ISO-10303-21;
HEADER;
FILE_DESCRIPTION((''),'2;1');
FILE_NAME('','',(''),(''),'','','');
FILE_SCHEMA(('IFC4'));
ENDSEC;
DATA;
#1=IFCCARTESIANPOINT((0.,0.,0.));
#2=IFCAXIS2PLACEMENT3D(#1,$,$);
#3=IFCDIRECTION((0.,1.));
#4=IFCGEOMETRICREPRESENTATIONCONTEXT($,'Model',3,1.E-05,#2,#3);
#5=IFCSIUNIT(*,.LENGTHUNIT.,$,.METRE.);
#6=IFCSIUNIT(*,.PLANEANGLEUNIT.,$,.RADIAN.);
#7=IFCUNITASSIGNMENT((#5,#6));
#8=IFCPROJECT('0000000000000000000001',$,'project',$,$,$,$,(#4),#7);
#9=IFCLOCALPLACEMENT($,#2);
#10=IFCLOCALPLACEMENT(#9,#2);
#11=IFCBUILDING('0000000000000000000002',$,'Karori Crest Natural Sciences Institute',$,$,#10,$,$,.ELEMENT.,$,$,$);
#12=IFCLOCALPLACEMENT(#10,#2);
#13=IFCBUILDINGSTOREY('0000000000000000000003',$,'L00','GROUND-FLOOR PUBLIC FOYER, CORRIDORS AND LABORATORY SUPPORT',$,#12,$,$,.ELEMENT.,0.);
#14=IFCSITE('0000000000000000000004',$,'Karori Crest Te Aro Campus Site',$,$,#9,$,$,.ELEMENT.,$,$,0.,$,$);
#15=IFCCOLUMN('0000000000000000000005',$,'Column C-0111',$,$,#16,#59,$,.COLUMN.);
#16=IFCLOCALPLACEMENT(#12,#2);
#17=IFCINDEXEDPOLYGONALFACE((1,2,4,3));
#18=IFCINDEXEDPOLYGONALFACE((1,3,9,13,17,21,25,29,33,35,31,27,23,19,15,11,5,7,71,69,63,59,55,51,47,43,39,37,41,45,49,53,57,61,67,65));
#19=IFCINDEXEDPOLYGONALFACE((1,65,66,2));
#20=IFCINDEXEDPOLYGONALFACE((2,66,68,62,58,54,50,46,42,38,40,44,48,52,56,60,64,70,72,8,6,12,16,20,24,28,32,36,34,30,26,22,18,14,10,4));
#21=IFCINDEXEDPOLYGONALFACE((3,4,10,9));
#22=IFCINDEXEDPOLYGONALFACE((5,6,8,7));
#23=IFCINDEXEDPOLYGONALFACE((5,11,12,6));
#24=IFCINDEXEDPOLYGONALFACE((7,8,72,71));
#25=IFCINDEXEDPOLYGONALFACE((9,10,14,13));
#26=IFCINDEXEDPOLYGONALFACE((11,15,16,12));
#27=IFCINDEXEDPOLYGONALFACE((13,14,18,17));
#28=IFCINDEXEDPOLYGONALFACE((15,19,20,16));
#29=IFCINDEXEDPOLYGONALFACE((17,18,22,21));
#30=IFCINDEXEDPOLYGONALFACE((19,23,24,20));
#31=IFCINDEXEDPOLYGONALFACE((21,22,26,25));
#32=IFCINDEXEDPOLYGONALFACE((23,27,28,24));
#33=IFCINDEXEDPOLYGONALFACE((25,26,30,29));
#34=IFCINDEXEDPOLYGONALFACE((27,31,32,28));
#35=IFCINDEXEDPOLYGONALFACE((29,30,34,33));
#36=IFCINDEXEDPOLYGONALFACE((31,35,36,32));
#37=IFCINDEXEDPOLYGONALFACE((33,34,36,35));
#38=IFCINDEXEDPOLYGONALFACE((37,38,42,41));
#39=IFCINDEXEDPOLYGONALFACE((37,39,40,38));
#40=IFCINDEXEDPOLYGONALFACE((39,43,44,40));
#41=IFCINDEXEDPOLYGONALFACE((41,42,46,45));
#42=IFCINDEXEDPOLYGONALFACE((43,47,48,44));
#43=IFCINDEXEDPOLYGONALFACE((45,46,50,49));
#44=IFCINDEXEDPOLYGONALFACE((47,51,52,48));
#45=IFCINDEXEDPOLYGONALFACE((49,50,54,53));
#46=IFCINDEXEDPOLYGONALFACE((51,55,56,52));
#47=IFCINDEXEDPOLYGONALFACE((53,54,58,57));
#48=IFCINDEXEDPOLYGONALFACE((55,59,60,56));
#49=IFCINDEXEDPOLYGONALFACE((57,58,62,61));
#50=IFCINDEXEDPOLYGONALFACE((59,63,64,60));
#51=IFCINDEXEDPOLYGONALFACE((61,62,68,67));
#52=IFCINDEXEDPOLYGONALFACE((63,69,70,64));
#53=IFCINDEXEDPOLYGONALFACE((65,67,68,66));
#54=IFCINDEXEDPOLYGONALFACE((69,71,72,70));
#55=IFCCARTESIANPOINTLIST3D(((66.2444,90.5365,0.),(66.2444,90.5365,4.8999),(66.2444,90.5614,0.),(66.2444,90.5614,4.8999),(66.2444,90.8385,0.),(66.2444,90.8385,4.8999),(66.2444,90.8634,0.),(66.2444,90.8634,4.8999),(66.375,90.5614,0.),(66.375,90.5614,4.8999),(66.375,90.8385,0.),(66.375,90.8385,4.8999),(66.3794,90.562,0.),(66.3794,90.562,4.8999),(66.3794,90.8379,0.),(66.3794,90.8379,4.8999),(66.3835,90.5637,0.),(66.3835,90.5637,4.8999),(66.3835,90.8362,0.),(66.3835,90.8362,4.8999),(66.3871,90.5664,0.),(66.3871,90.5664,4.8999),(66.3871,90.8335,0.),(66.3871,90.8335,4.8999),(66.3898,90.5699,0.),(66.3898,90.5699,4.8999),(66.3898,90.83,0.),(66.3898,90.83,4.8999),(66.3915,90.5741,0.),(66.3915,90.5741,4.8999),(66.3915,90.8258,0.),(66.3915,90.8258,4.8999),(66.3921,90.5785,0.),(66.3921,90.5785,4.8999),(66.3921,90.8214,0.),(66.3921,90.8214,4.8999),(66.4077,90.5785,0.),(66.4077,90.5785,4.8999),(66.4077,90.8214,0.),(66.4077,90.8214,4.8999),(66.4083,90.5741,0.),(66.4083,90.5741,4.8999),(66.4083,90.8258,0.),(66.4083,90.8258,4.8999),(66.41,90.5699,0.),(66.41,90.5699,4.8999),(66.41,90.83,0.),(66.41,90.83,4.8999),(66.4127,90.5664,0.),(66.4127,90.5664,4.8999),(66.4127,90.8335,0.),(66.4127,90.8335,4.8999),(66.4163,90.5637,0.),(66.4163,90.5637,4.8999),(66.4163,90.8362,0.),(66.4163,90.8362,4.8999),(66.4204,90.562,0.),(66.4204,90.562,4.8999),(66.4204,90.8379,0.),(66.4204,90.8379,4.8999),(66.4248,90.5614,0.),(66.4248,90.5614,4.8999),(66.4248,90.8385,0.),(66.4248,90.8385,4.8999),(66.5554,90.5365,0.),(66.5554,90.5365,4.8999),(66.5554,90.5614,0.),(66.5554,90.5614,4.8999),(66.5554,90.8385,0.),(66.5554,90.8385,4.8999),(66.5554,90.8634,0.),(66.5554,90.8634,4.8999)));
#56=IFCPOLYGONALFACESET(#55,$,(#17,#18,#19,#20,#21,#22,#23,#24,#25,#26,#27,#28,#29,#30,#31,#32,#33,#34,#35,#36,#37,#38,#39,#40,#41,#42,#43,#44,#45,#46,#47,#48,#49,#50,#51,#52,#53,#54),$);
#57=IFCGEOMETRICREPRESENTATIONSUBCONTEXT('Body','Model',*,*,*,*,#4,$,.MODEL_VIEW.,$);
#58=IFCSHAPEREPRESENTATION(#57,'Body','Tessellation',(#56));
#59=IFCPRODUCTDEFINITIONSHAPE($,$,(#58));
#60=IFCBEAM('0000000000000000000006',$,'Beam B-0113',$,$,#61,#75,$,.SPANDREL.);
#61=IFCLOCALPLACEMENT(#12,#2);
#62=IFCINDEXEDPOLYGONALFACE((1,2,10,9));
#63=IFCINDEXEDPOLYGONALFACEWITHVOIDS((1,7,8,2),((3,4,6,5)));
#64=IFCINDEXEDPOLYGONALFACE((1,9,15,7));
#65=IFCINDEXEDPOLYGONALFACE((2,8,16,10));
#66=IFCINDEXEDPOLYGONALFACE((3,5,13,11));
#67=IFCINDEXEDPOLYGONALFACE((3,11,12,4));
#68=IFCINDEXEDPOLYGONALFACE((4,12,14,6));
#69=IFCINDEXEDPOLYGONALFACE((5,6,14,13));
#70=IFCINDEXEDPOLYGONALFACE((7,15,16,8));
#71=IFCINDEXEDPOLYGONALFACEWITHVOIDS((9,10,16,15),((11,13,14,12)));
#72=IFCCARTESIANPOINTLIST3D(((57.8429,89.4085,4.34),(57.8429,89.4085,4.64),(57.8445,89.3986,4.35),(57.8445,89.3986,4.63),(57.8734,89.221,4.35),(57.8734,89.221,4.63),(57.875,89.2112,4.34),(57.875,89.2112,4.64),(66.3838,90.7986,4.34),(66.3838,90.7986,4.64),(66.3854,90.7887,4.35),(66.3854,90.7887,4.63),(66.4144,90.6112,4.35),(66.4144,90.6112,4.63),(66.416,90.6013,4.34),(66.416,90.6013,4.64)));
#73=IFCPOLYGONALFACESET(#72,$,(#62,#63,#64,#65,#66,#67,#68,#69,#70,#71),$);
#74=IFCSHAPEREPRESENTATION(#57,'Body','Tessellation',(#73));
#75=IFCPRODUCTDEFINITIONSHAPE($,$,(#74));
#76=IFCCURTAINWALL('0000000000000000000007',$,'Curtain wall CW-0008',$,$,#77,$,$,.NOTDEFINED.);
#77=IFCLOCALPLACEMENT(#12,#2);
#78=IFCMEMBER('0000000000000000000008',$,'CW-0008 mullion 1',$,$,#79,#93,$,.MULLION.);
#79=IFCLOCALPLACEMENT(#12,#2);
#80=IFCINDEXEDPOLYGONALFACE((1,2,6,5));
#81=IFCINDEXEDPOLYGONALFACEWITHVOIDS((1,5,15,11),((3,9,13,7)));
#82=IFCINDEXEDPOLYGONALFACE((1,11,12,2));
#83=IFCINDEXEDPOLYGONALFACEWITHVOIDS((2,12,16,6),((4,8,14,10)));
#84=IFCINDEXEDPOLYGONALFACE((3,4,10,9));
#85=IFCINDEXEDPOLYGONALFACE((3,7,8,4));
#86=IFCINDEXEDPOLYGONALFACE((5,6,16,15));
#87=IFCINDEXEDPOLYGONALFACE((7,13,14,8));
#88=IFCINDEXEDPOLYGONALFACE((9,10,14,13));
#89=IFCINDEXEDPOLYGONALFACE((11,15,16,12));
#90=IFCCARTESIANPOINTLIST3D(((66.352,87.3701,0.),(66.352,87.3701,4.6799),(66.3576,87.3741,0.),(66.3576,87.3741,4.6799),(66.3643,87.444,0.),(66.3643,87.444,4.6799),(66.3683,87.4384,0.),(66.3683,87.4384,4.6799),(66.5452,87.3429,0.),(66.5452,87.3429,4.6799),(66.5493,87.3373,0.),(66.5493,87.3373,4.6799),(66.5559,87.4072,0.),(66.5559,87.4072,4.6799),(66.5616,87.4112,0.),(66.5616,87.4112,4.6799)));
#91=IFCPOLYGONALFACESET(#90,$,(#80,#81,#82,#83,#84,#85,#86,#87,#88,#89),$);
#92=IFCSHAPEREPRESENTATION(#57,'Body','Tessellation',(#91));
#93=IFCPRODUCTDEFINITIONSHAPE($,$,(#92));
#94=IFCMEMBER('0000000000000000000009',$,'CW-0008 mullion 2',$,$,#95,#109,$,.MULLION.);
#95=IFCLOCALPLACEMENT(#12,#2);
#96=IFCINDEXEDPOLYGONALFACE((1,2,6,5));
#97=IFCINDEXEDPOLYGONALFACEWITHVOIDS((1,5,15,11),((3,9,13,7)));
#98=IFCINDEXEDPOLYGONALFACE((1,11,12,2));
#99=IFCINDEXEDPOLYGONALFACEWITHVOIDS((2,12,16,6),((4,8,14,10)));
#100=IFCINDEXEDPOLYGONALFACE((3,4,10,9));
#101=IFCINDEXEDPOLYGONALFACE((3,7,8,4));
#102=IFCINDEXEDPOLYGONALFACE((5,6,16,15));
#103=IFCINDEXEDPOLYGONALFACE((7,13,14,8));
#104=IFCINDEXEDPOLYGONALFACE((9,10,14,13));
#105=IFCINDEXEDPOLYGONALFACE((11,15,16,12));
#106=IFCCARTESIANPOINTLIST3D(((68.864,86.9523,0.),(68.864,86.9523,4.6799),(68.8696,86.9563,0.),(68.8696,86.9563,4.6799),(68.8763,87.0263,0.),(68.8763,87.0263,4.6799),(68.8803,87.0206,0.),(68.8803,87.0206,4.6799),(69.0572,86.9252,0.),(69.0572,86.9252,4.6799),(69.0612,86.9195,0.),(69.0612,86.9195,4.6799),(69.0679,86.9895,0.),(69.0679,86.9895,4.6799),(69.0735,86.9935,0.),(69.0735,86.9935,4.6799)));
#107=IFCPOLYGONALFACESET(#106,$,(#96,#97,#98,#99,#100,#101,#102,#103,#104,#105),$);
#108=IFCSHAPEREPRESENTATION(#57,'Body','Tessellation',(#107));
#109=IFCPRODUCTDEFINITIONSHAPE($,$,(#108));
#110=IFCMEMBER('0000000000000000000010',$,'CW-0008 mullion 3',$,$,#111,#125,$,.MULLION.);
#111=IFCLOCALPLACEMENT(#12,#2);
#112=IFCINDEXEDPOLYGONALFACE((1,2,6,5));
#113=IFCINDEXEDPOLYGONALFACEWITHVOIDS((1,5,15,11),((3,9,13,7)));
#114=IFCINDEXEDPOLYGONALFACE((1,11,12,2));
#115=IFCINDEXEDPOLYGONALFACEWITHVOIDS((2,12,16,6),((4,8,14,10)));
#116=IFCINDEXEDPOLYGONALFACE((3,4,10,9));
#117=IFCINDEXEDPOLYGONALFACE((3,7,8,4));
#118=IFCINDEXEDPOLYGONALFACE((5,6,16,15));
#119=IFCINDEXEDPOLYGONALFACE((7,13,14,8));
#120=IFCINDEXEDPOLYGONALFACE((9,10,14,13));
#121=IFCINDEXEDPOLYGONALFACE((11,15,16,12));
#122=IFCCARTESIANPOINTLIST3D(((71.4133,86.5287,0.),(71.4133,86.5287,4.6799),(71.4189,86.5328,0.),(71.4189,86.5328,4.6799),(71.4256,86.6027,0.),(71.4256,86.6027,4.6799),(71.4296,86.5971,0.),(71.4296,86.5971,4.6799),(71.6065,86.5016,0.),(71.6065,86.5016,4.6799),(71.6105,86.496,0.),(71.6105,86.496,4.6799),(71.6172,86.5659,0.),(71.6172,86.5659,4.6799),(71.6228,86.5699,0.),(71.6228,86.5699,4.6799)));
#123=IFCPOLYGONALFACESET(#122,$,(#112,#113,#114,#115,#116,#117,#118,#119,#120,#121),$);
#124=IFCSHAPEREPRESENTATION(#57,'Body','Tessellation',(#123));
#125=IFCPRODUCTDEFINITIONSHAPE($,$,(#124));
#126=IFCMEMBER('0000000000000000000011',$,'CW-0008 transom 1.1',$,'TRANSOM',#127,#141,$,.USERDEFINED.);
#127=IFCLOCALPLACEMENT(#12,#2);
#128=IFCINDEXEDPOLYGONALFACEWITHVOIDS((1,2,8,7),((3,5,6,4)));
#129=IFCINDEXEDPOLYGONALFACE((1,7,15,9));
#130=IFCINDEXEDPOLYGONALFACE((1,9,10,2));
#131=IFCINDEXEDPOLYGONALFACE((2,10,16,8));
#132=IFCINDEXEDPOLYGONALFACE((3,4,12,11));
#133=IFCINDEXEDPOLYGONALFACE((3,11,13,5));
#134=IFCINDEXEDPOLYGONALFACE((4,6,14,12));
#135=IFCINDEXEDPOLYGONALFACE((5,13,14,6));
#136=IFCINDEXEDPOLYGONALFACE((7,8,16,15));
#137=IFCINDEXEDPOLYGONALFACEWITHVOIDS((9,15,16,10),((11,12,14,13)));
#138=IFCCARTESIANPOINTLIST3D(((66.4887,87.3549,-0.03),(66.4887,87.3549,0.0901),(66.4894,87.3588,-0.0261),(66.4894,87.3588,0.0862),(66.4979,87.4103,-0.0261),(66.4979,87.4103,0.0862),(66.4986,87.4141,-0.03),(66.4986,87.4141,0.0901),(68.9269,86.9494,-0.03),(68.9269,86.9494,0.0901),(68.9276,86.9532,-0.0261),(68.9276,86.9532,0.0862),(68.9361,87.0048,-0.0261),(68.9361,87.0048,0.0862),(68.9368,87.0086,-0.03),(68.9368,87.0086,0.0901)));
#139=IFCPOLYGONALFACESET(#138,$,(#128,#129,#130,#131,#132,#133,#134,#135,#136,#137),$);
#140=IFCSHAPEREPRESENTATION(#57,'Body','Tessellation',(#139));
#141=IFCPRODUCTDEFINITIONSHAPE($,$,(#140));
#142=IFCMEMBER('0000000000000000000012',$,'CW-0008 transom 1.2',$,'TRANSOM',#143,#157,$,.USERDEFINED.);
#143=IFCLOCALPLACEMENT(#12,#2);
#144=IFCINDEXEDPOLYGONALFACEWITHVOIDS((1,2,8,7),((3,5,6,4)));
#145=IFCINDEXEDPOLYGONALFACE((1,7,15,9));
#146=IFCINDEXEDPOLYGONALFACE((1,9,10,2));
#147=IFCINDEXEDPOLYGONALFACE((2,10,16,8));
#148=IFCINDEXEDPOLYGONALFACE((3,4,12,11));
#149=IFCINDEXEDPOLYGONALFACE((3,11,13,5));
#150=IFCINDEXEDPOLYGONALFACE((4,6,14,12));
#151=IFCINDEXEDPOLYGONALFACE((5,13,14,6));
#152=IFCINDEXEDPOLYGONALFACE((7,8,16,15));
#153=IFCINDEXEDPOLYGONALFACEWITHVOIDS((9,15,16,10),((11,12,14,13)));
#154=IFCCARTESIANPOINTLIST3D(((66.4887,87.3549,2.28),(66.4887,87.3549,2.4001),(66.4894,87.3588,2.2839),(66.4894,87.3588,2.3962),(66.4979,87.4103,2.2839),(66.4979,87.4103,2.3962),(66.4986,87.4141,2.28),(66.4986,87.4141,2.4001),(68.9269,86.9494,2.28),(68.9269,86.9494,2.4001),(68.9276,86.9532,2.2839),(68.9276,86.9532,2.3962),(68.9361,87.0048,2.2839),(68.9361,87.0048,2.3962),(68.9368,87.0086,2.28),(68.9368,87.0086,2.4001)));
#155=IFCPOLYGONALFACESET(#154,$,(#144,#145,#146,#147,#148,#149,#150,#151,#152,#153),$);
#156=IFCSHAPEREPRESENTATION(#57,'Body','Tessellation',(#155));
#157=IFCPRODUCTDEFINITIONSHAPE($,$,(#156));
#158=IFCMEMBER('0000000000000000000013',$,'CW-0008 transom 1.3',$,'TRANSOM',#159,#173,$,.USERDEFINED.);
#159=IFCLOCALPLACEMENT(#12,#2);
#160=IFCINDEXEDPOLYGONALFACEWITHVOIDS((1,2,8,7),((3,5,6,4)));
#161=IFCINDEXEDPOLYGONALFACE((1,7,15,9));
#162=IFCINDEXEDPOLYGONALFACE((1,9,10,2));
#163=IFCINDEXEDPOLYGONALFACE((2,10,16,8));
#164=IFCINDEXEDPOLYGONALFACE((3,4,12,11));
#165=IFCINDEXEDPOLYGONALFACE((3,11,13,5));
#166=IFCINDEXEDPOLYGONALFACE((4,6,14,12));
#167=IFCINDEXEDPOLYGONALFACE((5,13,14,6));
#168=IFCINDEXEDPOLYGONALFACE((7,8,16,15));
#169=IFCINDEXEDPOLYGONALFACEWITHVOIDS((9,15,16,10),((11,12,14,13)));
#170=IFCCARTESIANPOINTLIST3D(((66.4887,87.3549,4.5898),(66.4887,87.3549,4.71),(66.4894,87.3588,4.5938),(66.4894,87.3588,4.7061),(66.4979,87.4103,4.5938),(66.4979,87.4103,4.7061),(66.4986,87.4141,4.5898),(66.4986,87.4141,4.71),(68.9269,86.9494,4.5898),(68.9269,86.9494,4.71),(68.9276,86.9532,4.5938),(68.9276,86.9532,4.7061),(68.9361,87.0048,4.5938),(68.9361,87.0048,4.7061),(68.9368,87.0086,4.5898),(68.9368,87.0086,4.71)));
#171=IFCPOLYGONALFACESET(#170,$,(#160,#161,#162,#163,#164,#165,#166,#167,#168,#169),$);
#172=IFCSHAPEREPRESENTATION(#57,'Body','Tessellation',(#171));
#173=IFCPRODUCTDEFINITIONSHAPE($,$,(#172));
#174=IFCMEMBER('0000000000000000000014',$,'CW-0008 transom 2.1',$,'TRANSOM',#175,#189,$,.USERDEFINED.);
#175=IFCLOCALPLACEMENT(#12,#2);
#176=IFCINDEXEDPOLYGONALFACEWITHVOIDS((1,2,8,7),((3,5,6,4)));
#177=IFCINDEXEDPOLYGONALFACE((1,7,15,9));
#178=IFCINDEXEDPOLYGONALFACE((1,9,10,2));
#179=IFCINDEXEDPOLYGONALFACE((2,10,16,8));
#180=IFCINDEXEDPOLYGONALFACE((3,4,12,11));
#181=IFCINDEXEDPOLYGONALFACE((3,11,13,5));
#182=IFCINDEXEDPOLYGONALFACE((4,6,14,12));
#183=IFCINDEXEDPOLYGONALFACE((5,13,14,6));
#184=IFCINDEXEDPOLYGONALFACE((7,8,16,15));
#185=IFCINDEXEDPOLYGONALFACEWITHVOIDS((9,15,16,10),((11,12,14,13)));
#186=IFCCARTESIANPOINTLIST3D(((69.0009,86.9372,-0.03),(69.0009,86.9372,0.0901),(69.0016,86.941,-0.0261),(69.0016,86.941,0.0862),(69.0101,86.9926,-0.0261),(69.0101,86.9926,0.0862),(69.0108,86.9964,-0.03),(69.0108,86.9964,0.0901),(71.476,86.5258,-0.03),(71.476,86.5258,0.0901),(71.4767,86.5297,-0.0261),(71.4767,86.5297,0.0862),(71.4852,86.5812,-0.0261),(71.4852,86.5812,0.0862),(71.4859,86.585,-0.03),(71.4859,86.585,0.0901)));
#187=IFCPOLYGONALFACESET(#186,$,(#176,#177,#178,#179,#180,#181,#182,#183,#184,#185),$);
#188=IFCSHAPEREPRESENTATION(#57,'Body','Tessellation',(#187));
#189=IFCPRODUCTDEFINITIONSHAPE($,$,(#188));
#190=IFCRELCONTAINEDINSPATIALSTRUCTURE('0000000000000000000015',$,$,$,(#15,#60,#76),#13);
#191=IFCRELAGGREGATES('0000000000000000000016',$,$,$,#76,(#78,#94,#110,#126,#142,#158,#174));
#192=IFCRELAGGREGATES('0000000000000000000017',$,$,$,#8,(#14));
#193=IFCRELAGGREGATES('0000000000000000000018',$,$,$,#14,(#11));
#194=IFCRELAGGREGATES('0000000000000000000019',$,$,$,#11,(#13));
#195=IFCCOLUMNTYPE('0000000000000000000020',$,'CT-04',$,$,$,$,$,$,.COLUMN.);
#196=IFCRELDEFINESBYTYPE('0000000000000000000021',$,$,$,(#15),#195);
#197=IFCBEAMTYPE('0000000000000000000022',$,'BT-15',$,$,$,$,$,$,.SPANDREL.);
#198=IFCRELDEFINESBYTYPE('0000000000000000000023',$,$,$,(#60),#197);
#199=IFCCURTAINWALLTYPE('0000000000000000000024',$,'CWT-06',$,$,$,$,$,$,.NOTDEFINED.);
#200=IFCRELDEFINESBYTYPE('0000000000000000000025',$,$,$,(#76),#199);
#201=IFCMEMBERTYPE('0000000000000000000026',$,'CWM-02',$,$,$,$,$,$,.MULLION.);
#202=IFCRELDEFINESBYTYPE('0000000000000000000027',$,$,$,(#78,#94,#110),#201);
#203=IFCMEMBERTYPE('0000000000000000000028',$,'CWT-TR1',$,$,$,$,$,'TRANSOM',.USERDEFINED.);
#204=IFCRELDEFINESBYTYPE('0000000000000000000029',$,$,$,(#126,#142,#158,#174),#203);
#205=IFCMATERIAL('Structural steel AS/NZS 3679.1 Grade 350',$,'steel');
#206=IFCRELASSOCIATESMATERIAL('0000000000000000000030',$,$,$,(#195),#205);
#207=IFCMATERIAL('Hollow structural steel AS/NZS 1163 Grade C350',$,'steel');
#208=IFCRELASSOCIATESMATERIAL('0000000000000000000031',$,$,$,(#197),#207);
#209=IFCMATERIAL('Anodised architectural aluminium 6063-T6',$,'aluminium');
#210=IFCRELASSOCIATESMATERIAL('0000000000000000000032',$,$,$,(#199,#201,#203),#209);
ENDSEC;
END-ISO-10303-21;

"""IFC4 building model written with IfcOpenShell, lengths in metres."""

from ifc_helpers import new_model, si_unit, direction, frame, origin, origin_2d, place, context, subcontext, project, spatial, hollow_rectangle, i_section, extrude, material, material_profile, profile_set, type_object, element, aggregate, save


model = new_model("IFC4")

# Units and contexts
model_context = context("Model", 3, precision=1e-05, world=origin(), true_north=direction((0.0, 1.0)))
body_context = subcontext(model_context, "Body", "Model", "MODEL_VIEW")
ifc_project = project(units=[si_unit("LENGTHUNIT", "METRE"), si_unit("PLANEANGLEUNIT", "RADIAN")], contexts=[model_context])

# Site, building, storey
site_placement = place(None, origin())
site = spatial("IfcSite", under=ifc_project, at=site_placement, Name="Karori Crest Te Aro Campus Site", CompositionType="ELEMENT", RefElevation=0.0)
building_placement = place(site_placement, origin())
building = spatial("IfcBuilding", under=site, at=building_placement, Name="Karori Crest Natural Sciences Institute", CompositionType="ELEMENT")
storey_placement = place(building_placement, origin())
storey = spatial("IfcBuildingStorey", under=building, at=storey_placement, Name="L00", Description="GROUND-FLOOR PUBLIC FOYER, CORRIDORS AND LABORATORY SUPPORT", CompositionType="ELEMENT", Elevation=0.0)

# Column
ifc_material_1 = material(Name="Structural steel AS/NZS 3679.1 Grade 350", Category="steel")
ifc_material_profile_1 = material_profile(ifc_material_1, i_section(OverallWidth=0.311, OverallDepth=0.3269, WebThickness=0.0156, FlangeThickness=0.0249, FilletRadius=0.0171, at=origin_2d()), Name="310UC158")
ifc_profile_set_1 = profile_set([ifc_material_profile_1], Name="Structural steel AS/NZS 3679.1 Grade 350")
column_type = type_object("IfcColumnType", Name="CT-04", PredefinedType="COLUMN", material=ifc_profile_set_1)
column_placement = place(storey_placement, frame((66.3999, 90.7, 0.0), z_axis=(0.0, 0.0, 1.0), x_axis=(1.0, 0.0, 0.0)))
element("IfcColumn", 1, at=column_placement, inside=storey, type_object=column_type, Name="Column C-0111", PredefinedType="COLUMN", context=body_context, shape_type="SweptSolid", body=[
    extrude(i_section(OverallWidth=0.311, OverallDepth=0.3269, WebThickness=0.0156, FlangeThickness=0.0249, FilletRadius=0.0171, at=origin_2d()), origin(), (0.0, 0.0, 1.0), 4.8999),
])

# Beam
ifc_material_2 = material(Name="Hollow structural steel AS/NZS 1163 Grade C350", Category="steel")
ifc_material_profile_2 = material_profile(ifc_material_2, hollow_rectangle(XDim=0.2, YDim=0.3, WallThickness=0.01, at=origin_2d()), Name="RHS300x200x10")
ifc_profile_set_2 = profile_set([ifc_material_profile_2], Name="Hollow structural steel AS/NZS 1163 Grade C350")
beam_type = type_object("IfcBeamType", Name="BT-15", PredefinedType="SPANDREL", material=ifc_profile_set_2)
beam_placement = place(storey_placement, frame((66.3999, 90.7, 4.49), z_axis=(-0.987012, -0.160646, 0.0), x_axis=(0.160646, -0.987012, 0.0)))
element("IfcBeam", 2, at=beam_placement, inside=storey, type_object=beam_type, Name="Beam B-0113", PredefinedType="SPANDREL", context=body_context, shape_type="SweptSolid", body=[
    extrude(hollow_rectangle(XDim=0.2, YDim=0.3, WallThickness=0.01, at=origin_2d()), origin(), (0.0, 0.0, 1.0), 8.6533),
])

# Curtain wall, members
ifc_material_3 = material(Name="Anodised architectural aluminium 6063-T6", Category="aluminium")
curtain_wall_type = type_object("IfcCurtainWallType", Name="CWT-06", PredefinedType="NOTDEFINED", material=ifc_material_3)
curtain_wall_placement = place(storey_placement, origin())
curtain_wall = element("IfcCurtainWall", 3, at=curtain_wall_placement, inside=storey, type_object=curtain_wall_type, Name="Curtain wall CW-0008", PredefinedType="NOTDEFINED")
ifc_material_profile_3 = material_profile(ifc_material_3, hollow_rectangle(XDim=0.075, YDim=0.2, WallThickness=0.0049, at=origin_2d()), Name="CWM200x75x5")
ifc_profile_set_3 = profile_set([ifc_material_profile_3], Name="Anodised architectural aluminium 6063-T6")
member_type_1 = type_object("IfcMemberType", Name="CWM-02", PredefinedType="MULLION", material=ifc_profile_set_3)
member_1_placement = place(storey_placement, frame((66.4568, 87.3906, 0.0), z_axis=(0.0, 0.0, 1.0), x_axis=(0.163974, 0.986465, 0.0)))
member_1 = element("IfcMember", 4, at=member_1_placement, type_object=member_type_1, Name="CW-0008 mullion 1", PredefinedType="MULLION", context=body_context, shape_type="SweptSolid", body=[
    extrude(hollow_rectangle(XDim=0.075, YDim=0.2, WallThickness=0.0049, at=origin_2d()), origin(), (0.0, 0.0, 1.0), 4.6799),
])
member_2_placement = place(storey_placement, frame((68.9688, 86.9729, 0.0), z_axis=(0.0, 0.0, 1.0), x_axis=(0.163974, 0.986465, 0.0)))
member_2 = element("IfcMember", 5, at=member_2_placement, type_object=member_type_1, Name="CW-0008 mullion 2", PredefinedType="MULLION", context=body_context, shape_type="SweptSolid", body=[
    extrude(hollow_rectangle(XDim=0.075, YDim=0.2, WallThickness=0.0049, at=origin_2d()), origin(), (0.0, 0.0, 1.0), 4.6799),
])
member_3_placement = place(storey_placement, frame((71.5181, 86.5493, 0.0), z_axis=(0.0, 0.0, 1.0), x_axis=(0.163974, 0.986465, 0.0)))
member_3 = element("IfcMember", 6, at=member_3_placement, type_object=member_type_1, Name="CW-0008 mullion 3", PredefinedType="MULLION", context=body_context, shape_type="SweptSolid", body=[
    extrude(hollow_rectangle(XDim=0.075, YDim=0.2, WallThickness=0.0049, at=origin_2d()), origin(), (0.0, 0.0, 1.0), 4.6799),
])
ifc_material_profile_4 = material_profile(ifc_material_3, hollow_rectangle(XDim=0.0601, YDim=0.1201, WallThickness=0.0039, at=origin_2d()), Name="CWT120x60x4")
ifc_profile_set_4 = profile_set([ifc_material_profile_4], Name="Anodised architectural aluminium 6063-T6")
member_type_2 = type_object("IfcMemberType", Name="CWT-TR1", ElementType="TRANSOM", PredefinedType="USERDEFINED", material=ifc_profile_set_4)
member_4_placement = place(storey_placement, frame((66.4937, 87.3845, 0.03), z_axis=(0.98645, -0.164063, 0.0), x_axis=(0.164063, 0.98645, 0.0)))
member_4 = element("IfcMember", 7, at=member_4_placement, type_object=member_type_2, Name="CW-0008 transom 1.1", ObjectType="TRANSOM", PredefinedType="USERDEFINED", context=body_context, shape_type="SweptSolid", body=[
    extrude(hollow_rectangle(XDim=0.0601, YDim=0.1201, WallThickness=0.0039, at=origin_2d()), origin(), (0.0, 0.0, 1.0), 2.4717),
])
member_5_placement = place(storey_placement, frame((66.4937, 87.3845, 2.3401), z_axis=(0.98645, -0.164063, 0.0), x_axis=(0.164063, 0.98645, 0.0)))
member_5 = element("IfcMember", 8, at=member_5_placement, type_object=member_type_2, Name="CW-0008 transom 1.2", ObjectType="TRANSOM", PredefinedType="USERDEFINED", context=body_context, shape_type="SweptSolid", body=[
    extrude(hollow_rectangle(XDim=0.0601, YDim=0.1201, WallThickness=0.0039, at=origin_2d()), origin(), (0.0, 0.0, 1.0), 2.4717),
])
member_6_placement = place(storey_placement, frame((66.4937, 87.3845, 4.6499), z_axis=(0.98645, -0.164063, 0.0), x_axis=(0.164063, 0.98645, 0.0)))
member_6 = element("IfcMember", 9, at=member_6_placement, type_object=member_type_2, Name="CW-0008 transom 1.3", ObjectType="TRANSOM", PredefinedType="USERDEFINED", context=body_context, shape_type="SweptSolid", body=[
    extrude(hollow_rectangle(XDim=0.0601, YDim=0.1201, WallThickness=0.0039, at=origin_2d()), origin(), (0.0, 0.0, 1.0), 2.4717),
])
member_7_placement = place(storey_placement, frame((69.0059, 86.9668, 0.03), z_axis=(0.986467, -0.163957, 0.0), x_axis=(0.163957, 0.986467, 0.0)))
member_7 = element("IfcMember", 10, at=member_7_placement, type_object=member_type_2, Name="CW-0008 transom 2.1", ObjectType="TRANSOM", PredefinedType="USERDEFINED", context=body_context, shape_type="SweptSolid", body=[
    extrude(hollow_rectangle(XDim=0.0601, YDim=0.1201, WallThickness=0.0039, at=origin_2d()), origin(), (0.0, 0.0, 1.0), 2.509),
])
aggregate(curtain_wall, [member_1, member_2, member_3, member_4, member_5, member_6, member_7])

save(model, "model.ifc")
